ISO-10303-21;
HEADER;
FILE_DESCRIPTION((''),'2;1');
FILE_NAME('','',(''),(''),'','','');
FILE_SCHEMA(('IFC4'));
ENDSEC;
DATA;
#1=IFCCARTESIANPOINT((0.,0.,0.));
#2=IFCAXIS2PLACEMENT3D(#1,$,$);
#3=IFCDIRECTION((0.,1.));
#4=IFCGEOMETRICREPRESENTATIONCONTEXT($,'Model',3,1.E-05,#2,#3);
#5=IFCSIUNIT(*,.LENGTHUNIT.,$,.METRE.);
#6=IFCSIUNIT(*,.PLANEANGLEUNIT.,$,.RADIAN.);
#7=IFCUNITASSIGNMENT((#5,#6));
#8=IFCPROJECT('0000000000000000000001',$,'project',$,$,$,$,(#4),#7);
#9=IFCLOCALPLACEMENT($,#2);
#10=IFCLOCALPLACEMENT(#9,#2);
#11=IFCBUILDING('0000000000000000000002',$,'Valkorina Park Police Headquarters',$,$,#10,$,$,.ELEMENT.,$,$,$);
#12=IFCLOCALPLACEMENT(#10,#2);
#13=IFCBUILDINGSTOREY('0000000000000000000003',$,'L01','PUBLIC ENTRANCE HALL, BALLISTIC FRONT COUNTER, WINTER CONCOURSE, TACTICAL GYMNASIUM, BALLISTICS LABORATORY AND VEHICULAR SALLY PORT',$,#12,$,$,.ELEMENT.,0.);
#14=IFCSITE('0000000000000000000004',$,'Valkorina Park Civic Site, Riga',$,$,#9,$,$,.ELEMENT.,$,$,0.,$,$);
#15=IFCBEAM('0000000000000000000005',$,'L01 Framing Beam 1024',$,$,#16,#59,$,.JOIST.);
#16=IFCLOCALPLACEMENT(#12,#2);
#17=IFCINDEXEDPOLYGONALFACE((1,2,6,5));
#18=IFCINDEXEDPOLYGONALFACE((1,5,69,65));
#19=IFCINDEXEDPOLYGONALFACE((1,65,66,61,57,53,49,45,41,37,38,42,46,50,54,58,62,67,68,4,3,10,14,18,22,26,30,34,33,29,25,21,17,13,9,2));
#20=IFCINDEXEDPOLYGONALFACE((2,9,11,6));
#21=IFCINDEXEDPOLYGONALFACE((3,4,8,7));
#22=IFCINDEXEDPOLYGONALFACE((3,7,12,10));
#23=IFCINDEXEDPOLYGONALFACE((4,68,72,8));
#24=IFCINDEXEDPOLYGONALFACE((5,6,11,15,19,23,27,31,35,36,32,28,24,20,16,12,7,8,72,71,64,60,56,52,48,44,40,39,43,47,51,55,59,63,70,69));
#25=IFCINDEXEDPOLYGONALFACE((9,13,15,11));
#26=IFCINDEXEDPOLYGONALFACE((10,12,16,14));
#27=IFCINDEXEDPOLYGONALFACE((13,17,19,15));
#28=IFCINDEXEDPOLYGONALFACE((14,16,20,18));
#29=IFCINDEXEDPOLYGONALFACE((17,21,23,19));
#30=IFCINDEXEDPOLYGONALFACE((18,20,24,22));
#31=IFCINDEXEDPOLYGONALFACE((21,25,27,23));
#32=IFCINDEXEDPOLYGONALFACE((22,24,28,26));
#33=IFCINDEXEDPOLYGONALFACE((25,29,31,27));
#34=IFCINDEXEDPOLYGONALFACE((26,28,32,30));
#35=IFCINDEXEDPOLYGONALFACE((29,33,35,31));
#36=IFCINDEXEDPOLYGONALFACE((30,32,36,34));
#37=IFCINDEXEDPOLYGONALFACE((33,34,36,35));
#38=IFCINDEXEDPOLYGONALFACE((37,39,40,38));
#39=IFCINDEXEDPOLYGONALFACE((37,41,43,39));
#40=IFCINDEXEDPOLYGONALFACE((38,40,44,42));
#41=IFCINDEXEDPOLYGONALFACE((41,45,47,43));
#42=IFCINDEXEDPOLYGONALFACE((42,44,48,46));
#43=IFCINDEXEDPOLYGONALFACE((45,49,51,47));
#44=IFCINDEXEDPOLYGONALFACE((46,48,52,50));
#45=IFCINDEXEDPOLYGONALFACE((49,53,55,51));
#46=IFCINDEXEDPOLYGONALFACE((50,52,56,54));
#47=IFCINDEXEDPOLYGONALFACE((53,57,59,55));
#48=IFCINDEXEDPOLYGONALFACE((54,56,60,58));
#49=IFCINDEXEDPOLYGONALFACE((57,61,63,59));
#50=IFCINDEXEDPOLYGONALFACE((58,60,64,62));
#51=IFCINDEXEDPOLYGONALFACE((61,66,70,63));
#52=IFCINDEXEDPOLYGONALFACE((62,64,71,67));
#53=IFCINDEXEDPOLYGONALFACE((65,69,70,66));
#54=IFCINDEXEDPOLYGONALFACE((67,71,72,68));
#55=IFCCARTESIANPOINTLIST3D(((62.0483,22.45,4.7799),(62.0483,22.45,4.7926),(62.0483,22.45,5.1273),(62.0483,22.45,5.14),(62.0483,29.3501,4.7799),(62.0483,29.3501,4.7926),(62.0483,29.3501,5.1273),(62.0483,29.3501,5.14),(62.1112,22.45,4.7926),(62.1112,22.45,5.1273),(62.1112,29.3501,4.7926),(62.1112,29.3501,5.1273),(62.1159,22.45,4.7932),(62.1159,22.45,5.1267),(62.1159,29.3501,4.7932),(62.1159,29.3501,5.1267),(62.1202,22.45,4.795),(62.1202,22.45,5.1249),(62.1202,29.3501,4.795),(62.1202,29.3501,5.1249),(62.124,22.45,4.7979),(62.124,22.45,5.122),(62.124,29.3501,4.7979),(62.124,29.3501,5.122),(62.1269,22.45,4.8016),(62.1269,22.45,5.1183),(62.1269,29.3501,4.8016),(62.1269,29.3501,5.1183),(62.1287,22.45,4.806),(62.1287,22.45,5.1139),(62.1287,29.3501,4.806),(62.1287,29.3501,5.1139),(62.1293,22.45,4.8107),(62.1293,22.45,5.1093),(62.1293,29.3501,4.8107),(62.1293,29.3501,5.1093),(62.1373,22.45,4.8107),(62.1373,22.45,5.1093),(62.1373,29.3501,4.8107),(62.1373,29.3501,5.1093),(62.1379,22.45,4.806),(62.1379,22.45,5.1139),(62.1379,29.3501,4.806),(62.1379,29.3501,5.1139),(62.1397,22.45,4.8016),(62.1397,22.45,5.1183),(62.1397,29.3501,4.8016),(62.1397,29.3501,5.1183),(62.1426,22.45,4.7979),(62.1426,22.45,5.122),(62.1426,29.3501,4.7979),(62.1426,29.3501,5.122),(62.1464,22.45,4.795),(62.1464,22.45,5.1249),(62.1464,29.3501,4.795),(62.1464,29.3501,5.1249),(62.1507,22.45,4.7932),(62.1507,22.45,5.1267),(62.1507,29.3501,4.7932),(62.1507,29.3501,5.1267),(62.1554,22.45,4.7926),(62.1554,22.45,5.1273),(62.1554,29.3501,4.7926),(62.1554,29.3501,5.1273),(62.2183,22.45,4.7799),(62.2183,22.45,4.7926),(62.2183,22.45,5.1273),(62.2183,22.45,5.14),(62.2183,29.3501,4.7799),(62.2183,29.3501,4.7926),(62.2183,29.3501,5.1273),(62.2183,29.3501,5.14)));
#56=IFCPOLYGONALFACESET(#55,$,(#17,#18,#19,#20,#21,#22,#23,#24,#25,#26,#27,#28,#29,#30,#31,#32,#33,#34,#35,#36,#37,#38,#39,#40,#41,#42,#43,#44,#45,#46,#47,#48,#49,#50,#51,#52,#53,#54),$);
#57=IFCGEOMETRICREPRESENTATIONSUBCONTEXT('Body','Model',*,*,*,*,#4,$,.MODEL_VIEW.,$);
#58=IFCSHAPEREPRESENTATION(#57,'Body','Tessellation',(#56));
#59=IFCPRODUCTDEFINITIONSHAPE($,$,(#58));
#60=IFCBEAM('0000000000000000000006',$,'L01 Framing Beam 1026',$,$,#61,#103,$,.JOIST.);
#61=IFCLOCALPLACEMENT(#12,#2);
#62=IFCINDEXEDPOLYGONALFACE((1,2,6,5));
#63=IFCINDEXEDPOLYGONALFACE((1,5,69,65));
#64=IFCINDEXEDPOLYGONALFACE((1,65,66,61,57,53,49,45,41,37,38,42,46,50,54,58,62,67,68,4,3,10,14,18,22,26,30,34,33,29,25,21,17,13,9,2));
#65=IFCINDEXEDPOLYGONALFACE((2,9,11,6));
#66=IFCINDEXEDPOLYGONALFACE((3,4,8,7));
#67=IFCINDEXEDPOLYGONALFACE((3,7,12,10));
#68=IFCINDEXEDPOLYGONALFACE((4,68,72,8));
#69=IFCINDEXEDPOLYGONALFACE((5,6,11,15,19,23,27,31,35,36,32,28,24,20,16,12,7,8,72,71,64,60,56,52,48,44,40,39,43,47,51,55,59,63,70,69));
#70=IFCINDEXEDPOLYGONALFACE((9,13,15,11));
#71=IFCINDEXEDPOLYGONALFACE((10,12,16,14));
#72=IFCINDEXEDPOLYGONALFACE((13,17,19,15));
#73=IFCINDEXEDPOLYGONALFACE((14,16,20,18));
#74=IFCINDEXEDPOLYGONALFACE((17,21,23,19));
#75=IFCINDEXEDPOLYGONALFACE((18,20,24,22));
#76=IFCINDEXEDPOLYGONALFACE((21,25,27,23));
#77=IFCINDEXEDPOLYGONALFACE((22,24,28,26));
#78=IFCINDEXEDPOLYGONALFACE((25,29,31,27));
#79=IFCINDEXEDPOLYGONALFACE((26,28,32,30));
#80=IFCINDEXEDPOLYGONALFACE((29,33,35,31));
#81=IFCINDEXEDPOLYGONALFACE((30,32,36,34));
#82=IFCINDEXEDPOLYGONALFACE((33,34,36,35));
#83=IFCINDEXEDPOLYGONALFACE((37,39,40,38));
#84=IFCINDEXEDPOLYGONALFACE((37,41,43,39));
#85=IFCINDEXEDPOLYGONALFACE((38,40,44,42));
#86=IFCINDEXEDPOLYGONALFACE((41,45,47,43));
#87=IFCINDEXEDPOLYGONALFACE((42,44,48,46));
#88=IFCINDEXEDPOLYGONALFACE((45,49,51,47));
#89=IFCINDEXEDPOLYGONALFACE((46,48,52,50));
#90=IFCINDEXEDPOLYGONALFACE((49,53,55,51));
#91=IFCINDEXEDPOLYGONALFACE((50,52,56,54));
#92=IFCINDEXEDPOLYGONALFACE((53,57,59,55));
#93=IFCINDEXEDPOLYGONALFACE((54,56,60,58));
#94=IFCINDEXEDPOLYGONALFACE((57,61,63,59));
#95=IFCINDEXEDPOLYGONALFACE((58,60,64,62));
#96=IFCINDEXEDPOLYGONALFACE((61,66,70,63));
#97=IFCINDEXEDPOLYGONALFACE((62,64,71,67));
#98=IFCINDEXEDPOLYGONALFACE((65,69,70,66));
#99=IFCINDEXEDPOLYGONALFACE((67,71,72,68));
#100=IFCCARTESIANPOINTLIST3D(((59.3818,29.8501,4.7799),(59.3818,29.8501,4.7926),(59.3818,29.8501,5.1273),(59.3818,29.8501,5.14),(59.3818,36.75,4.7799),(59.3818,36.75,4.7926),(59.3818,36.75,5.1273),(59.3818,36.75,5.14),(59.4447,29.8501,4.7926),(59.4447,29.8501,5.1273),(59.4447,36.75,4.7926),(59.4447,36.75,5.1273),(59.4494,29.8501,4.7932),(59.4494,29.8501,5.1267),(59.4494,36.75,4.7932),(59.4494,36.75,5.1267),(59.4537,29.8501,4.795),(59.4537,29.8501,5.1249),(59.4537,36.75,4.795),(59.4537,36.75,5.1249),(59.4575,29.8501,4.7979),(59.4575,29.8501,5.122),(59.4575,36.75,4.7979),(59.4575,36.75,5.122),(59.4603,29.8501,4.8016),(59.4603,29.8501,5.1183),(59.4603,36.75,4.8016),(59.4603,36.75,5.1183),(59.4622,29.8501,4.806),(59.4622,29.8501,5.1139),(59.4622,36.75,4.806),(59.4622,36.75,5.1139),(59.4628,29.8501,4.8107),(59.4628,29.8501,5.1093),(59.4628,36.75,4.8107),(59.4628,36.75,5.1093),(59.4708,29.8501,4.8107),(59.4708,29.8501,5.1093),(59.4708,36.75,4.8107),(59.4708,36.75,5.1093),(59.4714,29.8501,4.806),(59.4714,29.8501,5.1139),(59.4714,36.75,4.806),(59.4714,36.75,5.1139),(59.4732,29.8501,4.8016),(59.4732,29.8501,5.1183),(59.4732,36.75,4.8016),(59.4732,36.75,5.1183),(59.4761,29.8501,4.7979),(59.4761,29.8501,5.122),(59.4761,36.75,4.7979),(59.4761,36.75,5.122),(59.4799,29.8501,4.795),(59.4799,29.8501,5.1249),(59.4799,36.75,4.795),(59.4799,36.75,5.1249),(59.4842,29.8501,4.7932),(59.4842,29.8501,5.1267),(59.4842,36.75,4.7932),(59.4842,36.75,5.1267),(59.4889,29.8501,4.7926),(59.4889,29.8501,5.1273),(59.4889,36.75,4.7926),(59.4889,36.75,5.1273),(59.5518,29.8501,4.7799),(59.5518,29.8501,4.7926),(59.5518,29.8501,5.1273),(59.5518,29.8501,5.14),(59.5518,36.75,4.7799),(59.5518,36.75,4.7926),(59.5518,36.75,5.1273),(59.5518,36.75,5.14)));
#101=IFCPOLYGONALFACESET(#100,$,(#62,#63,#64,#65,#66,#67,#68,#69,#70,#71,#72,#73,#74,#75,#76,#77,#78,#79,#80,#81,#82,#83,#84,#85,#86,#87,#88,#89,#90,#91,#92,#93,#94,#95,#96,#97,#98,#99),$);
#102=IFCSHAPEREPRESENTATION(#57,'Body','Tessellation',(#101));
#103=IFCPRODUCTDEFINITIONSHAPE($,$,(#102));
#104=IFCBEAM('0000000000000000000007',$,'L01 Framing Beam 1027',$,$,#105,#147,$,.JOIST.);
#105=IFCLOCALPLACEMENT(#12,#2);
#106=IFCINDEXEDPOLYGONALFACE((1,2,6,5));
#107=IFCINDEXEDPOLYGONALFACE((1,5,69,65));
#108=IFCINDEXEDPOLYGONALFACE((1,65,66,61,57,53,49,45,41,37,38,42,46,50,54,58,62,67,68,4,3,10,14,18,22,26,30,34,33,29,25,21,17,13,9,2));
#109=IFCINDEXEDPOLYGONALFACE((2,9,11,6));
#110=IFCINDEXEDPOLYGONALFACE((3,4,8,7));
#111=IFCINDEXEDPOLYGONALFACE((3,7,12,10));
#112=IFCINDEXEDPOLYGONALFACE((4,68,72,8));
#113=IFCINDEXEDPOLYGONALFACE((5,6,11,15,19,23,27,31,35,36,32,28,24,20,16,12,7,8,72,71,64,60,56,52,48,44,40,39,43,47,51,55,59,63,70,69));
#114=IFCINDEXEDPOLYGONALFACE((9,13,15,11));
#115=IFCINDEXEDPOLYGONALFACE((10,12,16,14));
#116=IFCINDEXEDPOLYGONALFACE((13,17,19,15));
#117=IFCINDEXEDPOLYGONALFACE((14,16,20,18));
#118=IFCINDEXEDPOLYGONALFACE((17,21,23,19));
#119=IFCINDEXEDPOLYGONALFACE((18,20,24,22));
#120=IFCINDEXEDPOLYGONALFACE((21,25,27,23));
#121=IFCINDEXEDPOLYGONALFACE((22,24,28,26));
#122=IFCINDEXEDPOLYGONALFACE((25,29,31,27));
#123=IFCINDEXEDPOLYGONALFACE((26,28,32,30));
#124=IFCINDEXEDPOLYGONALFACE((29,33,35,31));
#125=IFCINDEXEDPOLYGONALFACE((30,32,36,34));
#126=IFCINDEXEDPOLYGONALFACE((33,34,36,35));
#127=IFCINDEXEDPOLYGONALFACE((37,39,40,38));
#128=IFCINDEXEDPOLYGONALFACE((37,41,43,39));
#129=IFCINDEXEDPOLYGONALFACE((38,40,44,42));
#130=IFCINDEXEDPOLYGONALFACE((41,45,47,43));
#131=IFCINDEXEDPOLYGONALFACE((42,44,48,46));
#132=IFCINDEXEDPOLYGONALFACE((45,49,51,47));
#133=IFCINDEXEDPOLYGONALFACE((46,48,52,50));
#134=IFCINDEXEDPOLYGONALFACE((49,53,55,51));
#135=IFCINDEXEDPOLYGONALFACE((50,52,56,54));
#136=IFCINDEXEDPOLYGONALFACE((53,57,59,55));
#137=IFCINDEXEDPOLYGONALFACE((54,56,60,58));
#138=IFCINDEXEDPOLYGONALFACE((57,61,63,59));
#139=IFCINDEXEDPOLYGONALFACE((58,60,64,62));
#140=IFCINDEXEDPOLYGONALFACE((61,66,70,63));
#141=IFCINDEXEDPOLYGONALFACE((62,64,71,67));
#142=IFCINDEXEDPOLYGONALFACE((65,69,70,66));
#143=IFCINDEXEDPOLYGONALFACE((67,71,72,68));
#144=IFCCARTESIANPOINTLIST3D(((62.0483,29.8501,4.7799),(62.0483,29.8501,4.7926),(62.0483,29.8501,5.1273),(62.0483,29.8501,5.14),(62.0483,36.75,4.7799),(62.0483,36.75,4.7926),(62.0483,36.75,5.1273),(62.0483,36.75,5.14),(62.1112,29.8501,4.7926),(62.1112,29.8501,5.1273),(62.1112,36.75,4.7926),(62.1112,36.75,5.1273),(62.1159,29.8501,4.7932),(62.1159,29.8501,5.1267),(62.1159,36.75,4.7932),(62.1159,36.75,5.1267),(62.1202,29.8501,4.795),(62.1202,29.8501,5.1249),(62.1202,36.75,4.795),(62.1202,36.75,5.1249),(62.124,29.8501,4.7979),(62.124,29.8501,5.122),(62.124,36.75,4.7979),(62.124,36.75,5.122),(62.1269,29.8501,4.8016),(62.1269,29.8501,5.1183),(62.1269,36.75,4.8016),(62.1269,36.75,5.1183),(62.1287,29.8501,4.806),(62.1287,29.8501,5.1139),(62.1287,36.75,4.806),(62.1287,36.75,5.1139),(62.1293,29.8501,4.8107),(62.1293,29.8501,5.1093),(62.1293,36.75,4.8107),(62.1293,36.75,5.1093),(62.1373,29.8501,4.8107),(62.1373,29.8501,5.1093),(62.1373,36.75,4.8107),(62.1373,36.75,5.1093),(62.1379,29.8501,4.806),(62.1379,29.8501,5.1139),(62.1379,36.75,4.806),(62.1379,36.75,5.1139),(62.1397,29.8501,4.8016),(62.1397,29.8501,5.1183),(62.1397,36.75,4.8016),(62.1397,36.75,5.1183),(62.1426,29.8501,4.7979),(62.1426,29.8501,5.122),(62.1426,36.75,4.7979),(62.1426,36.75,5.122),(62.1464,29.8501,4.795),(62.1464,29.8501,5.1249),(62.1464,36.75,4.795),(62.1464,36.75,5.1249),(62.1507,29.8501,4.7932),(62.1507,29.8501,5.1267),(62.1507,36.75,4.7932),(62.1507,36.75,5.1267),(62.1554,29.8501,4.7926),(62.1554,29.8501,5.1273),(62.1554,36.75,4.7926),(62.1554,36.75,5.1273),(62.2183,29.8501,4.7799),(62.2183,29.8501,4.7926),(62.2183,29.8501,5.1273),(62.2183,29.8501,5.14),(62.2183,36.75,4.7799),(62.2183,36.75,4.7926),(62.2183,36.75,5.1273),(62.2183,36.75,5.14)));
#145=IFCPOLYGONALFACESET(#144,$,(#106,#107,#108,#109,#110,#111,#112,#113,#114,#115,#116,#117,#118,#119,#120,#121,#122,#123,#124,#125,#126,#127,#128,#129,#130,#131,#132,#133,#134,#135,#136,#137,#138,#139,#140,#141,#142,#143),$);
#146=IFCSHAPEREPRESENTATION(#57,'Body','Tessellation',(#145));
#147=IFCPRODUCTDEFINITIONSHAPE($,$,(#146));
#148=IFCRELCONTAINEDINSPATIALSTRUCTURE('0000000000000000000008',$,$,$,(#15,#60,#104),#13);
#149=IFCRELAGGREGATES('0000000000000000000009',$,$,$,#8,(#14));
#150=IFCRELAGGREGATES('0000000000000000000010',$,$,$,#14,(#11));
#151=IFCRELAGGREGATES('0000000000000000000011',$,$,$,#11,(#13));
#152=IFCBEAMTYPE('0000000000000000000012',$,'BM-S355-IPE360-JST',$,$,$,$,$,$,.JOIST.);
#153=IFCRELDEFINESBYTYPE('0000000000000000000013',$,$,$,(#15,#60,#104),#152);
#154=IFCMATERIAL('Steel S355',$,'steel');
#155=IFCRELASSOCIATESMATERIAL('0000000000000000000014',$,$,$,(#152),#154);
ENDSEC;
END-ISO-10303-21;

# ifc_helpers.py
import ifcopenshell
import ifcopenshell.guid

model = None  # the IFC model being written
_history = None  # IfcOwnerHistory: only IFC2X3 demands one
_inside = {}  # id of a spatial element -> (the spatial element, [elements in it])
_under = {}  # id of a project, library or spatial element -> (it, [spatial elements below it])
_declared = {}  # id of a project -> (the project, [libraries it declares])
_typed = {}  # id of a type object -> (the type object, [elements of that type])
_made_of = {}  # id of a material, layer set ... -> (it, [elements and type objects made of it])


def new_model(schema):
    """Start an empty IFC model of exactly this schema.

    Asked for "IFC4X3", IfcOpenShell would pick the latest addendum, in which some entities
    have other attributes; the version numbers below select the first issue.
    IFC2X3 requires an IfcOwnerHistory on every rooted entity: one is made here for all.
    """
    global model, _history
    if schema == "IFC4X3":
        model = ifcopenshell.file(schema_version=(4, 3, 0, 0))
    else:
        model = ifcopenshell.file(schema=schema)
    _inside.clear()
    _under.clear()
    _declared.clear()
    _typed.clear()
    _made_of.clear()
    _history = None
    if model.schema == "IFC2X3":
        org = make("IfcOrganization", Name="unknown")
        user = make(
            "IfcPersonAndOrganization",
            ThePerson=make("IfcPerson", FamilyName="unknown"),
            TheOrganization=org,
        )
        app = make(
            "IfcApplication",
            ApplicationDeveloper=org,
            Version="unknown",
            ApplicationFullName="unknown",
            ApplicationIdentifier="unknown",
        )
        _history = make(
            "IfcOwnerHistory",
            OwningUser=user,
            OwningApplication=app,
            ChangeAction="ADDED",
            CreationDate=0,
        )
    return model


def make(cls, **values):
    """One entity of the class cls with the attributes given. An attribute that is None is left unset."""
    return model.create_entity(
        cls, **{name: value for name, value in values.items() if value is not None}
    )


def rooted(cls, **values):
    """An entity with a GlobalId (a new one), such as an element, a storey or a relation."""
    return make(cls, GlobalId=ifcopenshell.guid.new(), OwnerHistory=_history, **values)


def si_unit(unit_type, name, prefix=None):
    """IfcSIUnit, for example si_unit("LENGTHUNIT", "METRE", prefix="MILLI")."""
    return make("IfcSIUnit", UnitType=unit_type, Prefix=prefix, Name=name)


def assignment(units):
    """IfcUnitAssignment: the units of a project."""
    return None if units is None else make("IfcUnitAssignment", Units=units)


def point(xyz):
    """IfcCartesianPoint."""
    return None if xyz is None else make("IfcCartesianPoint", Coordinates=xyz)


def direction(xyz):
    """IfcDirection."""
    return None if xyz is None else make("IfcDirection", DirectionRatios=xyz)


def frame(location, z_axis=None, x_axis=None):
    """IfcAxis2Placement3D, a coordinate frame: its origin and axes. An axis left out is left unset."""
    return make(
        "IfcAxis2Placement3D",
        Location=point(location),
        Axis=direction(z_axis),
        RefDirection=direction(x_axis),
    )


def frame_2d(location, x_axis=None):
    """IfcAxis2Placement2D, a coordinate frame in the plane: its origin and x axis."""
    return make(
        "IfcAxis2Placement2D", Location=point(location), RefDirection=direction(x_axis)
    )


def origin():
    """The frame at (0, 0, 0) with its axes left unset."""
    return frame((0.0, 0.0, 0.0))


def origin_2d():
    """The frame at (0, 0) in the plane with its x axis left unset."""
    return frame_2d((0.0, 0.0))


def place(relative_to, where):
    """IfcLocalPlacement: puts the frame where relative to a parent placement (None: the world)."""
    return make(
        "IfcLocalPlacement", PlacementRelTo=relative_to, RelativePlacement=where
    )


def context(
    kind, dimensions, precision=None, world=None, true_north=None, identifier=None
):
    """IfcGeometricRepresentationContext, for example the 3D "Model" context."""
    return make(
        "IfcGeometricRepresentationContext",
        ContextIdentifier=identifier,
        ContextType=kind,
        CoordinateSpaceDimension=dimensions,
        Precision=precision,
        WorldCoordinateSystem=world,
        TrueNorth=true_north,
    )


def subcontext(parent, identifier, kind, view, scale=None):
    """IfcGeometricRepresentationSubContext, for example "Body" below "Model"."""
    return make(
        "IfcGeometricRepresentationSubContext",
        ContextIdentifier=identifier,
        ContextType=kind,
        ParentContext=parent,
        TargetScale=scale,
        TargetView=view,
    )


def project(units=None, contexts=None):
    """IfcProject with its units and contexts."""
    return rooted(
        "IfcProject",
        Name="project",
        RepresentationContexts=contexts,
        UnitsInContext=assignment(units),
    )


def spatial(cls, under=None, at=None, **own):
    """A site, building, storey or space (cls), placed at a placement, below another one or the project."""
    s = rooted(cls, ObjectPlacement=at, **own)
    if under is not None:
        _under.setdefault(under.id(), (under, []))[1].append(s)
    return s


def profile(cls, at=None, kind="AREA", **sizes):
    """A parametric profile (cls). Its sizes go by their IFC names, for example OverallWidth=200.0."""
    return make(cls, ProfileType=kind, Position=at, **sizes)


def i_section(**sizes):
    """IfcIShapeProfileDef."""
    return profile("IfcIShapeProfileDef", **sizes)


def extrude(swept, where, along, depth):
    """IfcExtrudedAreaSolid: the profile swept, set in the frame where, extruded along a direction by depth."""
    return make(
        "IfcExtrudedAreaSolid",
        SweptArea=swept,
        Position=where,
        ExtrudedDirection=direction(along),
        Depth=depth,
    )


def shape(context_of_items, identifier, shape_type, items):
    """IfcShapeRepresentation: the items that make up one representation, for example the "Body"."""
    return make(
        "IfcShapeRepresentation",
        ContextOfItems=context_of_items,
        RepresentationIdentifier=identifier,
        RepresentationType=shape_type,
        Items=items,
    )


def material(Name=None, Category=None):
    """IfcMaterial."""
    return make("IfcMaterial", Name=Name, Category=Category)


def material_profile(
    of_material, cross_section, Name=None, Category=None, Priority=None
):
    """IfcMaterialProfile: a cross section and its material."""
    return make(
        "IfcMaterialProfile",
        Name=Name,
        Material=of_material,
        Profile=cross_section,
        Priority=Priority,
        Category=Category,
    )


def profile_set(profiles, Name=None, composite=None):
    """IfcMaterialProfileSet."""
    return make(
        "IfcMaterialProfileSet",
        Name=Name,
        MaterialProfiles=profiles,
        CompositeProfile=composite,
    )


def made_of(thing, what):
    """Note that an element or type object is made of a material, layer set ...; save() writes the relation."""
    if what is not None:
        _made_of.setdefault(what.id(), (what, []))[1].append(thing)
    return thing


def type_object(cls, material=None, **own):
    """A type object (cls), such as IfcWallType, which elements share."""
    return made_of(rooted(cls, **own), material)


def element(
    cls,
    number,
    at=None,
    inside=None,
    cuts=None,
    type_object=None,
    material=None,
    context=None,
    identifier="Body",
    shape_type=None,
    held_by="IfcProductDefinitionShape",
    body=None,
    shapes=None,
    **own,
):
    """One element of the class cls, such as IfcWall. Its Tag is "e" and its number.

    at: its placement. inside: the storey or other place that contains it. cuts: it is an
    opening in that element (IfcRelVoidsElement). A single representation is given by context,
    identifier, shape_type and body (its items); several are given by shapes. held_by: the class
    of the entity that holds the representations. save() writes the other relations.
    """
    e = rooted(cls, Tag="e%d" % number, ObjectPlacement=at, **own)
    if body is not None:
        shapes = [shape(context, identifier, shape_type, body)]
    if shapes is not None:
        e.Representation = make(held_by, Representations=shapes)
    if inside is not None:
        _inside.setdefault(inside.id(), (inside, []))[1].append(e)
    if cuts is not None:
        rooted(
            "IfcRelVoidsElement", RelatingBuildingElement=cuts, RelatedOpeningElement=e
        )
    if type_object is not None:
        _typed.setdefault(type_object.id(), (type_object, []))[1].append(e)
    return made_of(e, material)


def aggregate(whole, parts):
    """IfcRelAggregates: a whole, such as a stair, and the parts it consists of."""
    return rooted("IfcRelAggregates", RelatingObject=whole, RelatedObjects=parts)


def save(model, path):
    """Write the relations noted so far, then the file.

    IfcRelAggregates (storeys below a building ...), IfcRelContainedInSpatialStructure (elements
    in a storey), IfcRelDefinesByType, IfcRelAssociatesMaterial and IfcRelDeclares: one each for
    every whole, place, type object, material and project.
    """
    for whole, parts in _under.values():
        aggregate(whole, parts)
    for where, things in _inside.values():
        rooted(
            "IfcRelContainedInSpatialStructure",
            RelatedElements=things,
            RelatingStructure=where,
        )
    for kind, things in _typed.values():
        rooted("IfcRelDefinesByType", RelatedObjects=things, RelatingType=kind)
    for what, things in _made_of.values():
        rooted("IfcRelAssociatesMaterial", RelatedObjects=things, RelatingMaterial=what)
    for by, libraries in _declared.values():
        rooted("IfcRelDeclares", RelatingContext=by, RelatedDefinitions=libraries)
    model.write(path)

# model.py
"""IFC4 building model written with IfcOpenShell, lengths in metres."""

from ifc_helpers import new_model, si_unit, direction, frame, origin, origin_2d, place, context, subcontext, project, spatial, i_section, extrude, material, material_profile, profile_set, type_object, element, save


model = new_model("IFC4")

# Units and contexts
model_context = context("Model", 3, precision=1e-05, world=origin(), true_north=direction((0.0, 1.0)))
body_context = subcontext(model_context, "Body", "Model", "MODEL_VIEW")
ifc_project = project(units=[si_unit("LENGTHUNIT", "METRE"), si_unit("PLANEANGLEUNIT", "RADIAN")], contexts=[model_context])

# Site, building, storey
site_placement = place(None, origin())
site = spatial("IfcSite", under=ifc_project, at=site_placement, Name="Valkorina Park Civic Site, Riga", CompositionType="ELEMENT", RefElevation=0.0)
building_placement = place(site_placement, origin())
building = spatial("IfcBuilding", under=site, at=building_placement, Name="Valkorina Park Police Headquarters", CompositionType="ELEMENT")
storey_placement = place(building_placement, origin())
storey = spatial("IfcBuildingStorey", under=building, at=storey_placement, Name="L01", Description="PUBLIC ENTRANCE HALL, BALLISTIC FRONT COUNTER, WINTER CONCOURSE, TACTICAL GYMNASIUM, BALLISTICS LABORATORY AND VEHICULAR SALLY PORT", CompositionType="ELEMENT", Elevation=0.0)

# Beams
ifc_material_1 = material(Name="Steel S355", Category="steel")
ifc_material_profile_1 = material_profile(ifc_material_1, i_section(OverallWidth=0.1699, OverallDepth=0.3601, WebThickness=0.0081, FlangeThickness=0.0127, FilletRadius=0.0181, at=origin_2d()), Name="IPE 360")
ifc_profile_set_1 = profile_set([ifc_material_profile_1], Name="Steel S355")
beam_type_1 = type_object("IfcBeamType", Name="BM-S355-IPE360-JST", PredefinedType="JOIST", material=ifc_profile_set_1)
for number, where, z_axis, x_axis, name in (
    (1, (62.1333, 22.45, 4.96), (0.0, 1.0, 0.0), (-1.0, 0.0, 0.0), "L01 Framing Beam 1024"),
):
    element("IfcBeam", number, at=place(storey_placement, frame(where, z_axis=z_axis, x_axis=x_axis)), inside=storey, type_object=beam_type_1, Name=name, PredefinedType="JOIST", context=body_context, shape_type="SweptSolid", body=[
        extrude(i_section(OverallWidth=0.1699, OverallDepth=0.3601, WebThickness=0.0081, FlangeThickness=0.0127, FilletRadius=0.0181, at=origin_2d()), origin(), (0.0, 0.0, 1.0), 6.9001),
    ])
for number, where, z_axis, x_axis, name in (
    (2, (59.4668, 29.8501, 4.96), (0.0, 1.0, 0.0), (-1.0, 0.0, 0.0), "L01 Framing Beam 1026"),
    (3, (62.1333, 29.8501, 4.96), (0.0, 1.0, 0.0), (-1.0, 0.0, 0.0), "L01 Framing Beam 1027"),
):
    element("IfcBeam", number, at=place(storey_placement, frame(where, z_axis=z_axis, x_axis=x_axis)), inside=storey, type_object=beam_type_1, Name=name, PredefinedType="JOIST", context=body_context, shape_type="SweptSolid", body=[
        extrude(i_section(OverallWidth=0.1699, OverallDepth=0.3601, WebThickness=0.0081, FlangeThickness=0.0127, FilletRadius=0.0181, at=origin_2d()), origin(), (0.0, 0.0, 1.0), 6.8999),
    ])

save(model, "model.ifc")
